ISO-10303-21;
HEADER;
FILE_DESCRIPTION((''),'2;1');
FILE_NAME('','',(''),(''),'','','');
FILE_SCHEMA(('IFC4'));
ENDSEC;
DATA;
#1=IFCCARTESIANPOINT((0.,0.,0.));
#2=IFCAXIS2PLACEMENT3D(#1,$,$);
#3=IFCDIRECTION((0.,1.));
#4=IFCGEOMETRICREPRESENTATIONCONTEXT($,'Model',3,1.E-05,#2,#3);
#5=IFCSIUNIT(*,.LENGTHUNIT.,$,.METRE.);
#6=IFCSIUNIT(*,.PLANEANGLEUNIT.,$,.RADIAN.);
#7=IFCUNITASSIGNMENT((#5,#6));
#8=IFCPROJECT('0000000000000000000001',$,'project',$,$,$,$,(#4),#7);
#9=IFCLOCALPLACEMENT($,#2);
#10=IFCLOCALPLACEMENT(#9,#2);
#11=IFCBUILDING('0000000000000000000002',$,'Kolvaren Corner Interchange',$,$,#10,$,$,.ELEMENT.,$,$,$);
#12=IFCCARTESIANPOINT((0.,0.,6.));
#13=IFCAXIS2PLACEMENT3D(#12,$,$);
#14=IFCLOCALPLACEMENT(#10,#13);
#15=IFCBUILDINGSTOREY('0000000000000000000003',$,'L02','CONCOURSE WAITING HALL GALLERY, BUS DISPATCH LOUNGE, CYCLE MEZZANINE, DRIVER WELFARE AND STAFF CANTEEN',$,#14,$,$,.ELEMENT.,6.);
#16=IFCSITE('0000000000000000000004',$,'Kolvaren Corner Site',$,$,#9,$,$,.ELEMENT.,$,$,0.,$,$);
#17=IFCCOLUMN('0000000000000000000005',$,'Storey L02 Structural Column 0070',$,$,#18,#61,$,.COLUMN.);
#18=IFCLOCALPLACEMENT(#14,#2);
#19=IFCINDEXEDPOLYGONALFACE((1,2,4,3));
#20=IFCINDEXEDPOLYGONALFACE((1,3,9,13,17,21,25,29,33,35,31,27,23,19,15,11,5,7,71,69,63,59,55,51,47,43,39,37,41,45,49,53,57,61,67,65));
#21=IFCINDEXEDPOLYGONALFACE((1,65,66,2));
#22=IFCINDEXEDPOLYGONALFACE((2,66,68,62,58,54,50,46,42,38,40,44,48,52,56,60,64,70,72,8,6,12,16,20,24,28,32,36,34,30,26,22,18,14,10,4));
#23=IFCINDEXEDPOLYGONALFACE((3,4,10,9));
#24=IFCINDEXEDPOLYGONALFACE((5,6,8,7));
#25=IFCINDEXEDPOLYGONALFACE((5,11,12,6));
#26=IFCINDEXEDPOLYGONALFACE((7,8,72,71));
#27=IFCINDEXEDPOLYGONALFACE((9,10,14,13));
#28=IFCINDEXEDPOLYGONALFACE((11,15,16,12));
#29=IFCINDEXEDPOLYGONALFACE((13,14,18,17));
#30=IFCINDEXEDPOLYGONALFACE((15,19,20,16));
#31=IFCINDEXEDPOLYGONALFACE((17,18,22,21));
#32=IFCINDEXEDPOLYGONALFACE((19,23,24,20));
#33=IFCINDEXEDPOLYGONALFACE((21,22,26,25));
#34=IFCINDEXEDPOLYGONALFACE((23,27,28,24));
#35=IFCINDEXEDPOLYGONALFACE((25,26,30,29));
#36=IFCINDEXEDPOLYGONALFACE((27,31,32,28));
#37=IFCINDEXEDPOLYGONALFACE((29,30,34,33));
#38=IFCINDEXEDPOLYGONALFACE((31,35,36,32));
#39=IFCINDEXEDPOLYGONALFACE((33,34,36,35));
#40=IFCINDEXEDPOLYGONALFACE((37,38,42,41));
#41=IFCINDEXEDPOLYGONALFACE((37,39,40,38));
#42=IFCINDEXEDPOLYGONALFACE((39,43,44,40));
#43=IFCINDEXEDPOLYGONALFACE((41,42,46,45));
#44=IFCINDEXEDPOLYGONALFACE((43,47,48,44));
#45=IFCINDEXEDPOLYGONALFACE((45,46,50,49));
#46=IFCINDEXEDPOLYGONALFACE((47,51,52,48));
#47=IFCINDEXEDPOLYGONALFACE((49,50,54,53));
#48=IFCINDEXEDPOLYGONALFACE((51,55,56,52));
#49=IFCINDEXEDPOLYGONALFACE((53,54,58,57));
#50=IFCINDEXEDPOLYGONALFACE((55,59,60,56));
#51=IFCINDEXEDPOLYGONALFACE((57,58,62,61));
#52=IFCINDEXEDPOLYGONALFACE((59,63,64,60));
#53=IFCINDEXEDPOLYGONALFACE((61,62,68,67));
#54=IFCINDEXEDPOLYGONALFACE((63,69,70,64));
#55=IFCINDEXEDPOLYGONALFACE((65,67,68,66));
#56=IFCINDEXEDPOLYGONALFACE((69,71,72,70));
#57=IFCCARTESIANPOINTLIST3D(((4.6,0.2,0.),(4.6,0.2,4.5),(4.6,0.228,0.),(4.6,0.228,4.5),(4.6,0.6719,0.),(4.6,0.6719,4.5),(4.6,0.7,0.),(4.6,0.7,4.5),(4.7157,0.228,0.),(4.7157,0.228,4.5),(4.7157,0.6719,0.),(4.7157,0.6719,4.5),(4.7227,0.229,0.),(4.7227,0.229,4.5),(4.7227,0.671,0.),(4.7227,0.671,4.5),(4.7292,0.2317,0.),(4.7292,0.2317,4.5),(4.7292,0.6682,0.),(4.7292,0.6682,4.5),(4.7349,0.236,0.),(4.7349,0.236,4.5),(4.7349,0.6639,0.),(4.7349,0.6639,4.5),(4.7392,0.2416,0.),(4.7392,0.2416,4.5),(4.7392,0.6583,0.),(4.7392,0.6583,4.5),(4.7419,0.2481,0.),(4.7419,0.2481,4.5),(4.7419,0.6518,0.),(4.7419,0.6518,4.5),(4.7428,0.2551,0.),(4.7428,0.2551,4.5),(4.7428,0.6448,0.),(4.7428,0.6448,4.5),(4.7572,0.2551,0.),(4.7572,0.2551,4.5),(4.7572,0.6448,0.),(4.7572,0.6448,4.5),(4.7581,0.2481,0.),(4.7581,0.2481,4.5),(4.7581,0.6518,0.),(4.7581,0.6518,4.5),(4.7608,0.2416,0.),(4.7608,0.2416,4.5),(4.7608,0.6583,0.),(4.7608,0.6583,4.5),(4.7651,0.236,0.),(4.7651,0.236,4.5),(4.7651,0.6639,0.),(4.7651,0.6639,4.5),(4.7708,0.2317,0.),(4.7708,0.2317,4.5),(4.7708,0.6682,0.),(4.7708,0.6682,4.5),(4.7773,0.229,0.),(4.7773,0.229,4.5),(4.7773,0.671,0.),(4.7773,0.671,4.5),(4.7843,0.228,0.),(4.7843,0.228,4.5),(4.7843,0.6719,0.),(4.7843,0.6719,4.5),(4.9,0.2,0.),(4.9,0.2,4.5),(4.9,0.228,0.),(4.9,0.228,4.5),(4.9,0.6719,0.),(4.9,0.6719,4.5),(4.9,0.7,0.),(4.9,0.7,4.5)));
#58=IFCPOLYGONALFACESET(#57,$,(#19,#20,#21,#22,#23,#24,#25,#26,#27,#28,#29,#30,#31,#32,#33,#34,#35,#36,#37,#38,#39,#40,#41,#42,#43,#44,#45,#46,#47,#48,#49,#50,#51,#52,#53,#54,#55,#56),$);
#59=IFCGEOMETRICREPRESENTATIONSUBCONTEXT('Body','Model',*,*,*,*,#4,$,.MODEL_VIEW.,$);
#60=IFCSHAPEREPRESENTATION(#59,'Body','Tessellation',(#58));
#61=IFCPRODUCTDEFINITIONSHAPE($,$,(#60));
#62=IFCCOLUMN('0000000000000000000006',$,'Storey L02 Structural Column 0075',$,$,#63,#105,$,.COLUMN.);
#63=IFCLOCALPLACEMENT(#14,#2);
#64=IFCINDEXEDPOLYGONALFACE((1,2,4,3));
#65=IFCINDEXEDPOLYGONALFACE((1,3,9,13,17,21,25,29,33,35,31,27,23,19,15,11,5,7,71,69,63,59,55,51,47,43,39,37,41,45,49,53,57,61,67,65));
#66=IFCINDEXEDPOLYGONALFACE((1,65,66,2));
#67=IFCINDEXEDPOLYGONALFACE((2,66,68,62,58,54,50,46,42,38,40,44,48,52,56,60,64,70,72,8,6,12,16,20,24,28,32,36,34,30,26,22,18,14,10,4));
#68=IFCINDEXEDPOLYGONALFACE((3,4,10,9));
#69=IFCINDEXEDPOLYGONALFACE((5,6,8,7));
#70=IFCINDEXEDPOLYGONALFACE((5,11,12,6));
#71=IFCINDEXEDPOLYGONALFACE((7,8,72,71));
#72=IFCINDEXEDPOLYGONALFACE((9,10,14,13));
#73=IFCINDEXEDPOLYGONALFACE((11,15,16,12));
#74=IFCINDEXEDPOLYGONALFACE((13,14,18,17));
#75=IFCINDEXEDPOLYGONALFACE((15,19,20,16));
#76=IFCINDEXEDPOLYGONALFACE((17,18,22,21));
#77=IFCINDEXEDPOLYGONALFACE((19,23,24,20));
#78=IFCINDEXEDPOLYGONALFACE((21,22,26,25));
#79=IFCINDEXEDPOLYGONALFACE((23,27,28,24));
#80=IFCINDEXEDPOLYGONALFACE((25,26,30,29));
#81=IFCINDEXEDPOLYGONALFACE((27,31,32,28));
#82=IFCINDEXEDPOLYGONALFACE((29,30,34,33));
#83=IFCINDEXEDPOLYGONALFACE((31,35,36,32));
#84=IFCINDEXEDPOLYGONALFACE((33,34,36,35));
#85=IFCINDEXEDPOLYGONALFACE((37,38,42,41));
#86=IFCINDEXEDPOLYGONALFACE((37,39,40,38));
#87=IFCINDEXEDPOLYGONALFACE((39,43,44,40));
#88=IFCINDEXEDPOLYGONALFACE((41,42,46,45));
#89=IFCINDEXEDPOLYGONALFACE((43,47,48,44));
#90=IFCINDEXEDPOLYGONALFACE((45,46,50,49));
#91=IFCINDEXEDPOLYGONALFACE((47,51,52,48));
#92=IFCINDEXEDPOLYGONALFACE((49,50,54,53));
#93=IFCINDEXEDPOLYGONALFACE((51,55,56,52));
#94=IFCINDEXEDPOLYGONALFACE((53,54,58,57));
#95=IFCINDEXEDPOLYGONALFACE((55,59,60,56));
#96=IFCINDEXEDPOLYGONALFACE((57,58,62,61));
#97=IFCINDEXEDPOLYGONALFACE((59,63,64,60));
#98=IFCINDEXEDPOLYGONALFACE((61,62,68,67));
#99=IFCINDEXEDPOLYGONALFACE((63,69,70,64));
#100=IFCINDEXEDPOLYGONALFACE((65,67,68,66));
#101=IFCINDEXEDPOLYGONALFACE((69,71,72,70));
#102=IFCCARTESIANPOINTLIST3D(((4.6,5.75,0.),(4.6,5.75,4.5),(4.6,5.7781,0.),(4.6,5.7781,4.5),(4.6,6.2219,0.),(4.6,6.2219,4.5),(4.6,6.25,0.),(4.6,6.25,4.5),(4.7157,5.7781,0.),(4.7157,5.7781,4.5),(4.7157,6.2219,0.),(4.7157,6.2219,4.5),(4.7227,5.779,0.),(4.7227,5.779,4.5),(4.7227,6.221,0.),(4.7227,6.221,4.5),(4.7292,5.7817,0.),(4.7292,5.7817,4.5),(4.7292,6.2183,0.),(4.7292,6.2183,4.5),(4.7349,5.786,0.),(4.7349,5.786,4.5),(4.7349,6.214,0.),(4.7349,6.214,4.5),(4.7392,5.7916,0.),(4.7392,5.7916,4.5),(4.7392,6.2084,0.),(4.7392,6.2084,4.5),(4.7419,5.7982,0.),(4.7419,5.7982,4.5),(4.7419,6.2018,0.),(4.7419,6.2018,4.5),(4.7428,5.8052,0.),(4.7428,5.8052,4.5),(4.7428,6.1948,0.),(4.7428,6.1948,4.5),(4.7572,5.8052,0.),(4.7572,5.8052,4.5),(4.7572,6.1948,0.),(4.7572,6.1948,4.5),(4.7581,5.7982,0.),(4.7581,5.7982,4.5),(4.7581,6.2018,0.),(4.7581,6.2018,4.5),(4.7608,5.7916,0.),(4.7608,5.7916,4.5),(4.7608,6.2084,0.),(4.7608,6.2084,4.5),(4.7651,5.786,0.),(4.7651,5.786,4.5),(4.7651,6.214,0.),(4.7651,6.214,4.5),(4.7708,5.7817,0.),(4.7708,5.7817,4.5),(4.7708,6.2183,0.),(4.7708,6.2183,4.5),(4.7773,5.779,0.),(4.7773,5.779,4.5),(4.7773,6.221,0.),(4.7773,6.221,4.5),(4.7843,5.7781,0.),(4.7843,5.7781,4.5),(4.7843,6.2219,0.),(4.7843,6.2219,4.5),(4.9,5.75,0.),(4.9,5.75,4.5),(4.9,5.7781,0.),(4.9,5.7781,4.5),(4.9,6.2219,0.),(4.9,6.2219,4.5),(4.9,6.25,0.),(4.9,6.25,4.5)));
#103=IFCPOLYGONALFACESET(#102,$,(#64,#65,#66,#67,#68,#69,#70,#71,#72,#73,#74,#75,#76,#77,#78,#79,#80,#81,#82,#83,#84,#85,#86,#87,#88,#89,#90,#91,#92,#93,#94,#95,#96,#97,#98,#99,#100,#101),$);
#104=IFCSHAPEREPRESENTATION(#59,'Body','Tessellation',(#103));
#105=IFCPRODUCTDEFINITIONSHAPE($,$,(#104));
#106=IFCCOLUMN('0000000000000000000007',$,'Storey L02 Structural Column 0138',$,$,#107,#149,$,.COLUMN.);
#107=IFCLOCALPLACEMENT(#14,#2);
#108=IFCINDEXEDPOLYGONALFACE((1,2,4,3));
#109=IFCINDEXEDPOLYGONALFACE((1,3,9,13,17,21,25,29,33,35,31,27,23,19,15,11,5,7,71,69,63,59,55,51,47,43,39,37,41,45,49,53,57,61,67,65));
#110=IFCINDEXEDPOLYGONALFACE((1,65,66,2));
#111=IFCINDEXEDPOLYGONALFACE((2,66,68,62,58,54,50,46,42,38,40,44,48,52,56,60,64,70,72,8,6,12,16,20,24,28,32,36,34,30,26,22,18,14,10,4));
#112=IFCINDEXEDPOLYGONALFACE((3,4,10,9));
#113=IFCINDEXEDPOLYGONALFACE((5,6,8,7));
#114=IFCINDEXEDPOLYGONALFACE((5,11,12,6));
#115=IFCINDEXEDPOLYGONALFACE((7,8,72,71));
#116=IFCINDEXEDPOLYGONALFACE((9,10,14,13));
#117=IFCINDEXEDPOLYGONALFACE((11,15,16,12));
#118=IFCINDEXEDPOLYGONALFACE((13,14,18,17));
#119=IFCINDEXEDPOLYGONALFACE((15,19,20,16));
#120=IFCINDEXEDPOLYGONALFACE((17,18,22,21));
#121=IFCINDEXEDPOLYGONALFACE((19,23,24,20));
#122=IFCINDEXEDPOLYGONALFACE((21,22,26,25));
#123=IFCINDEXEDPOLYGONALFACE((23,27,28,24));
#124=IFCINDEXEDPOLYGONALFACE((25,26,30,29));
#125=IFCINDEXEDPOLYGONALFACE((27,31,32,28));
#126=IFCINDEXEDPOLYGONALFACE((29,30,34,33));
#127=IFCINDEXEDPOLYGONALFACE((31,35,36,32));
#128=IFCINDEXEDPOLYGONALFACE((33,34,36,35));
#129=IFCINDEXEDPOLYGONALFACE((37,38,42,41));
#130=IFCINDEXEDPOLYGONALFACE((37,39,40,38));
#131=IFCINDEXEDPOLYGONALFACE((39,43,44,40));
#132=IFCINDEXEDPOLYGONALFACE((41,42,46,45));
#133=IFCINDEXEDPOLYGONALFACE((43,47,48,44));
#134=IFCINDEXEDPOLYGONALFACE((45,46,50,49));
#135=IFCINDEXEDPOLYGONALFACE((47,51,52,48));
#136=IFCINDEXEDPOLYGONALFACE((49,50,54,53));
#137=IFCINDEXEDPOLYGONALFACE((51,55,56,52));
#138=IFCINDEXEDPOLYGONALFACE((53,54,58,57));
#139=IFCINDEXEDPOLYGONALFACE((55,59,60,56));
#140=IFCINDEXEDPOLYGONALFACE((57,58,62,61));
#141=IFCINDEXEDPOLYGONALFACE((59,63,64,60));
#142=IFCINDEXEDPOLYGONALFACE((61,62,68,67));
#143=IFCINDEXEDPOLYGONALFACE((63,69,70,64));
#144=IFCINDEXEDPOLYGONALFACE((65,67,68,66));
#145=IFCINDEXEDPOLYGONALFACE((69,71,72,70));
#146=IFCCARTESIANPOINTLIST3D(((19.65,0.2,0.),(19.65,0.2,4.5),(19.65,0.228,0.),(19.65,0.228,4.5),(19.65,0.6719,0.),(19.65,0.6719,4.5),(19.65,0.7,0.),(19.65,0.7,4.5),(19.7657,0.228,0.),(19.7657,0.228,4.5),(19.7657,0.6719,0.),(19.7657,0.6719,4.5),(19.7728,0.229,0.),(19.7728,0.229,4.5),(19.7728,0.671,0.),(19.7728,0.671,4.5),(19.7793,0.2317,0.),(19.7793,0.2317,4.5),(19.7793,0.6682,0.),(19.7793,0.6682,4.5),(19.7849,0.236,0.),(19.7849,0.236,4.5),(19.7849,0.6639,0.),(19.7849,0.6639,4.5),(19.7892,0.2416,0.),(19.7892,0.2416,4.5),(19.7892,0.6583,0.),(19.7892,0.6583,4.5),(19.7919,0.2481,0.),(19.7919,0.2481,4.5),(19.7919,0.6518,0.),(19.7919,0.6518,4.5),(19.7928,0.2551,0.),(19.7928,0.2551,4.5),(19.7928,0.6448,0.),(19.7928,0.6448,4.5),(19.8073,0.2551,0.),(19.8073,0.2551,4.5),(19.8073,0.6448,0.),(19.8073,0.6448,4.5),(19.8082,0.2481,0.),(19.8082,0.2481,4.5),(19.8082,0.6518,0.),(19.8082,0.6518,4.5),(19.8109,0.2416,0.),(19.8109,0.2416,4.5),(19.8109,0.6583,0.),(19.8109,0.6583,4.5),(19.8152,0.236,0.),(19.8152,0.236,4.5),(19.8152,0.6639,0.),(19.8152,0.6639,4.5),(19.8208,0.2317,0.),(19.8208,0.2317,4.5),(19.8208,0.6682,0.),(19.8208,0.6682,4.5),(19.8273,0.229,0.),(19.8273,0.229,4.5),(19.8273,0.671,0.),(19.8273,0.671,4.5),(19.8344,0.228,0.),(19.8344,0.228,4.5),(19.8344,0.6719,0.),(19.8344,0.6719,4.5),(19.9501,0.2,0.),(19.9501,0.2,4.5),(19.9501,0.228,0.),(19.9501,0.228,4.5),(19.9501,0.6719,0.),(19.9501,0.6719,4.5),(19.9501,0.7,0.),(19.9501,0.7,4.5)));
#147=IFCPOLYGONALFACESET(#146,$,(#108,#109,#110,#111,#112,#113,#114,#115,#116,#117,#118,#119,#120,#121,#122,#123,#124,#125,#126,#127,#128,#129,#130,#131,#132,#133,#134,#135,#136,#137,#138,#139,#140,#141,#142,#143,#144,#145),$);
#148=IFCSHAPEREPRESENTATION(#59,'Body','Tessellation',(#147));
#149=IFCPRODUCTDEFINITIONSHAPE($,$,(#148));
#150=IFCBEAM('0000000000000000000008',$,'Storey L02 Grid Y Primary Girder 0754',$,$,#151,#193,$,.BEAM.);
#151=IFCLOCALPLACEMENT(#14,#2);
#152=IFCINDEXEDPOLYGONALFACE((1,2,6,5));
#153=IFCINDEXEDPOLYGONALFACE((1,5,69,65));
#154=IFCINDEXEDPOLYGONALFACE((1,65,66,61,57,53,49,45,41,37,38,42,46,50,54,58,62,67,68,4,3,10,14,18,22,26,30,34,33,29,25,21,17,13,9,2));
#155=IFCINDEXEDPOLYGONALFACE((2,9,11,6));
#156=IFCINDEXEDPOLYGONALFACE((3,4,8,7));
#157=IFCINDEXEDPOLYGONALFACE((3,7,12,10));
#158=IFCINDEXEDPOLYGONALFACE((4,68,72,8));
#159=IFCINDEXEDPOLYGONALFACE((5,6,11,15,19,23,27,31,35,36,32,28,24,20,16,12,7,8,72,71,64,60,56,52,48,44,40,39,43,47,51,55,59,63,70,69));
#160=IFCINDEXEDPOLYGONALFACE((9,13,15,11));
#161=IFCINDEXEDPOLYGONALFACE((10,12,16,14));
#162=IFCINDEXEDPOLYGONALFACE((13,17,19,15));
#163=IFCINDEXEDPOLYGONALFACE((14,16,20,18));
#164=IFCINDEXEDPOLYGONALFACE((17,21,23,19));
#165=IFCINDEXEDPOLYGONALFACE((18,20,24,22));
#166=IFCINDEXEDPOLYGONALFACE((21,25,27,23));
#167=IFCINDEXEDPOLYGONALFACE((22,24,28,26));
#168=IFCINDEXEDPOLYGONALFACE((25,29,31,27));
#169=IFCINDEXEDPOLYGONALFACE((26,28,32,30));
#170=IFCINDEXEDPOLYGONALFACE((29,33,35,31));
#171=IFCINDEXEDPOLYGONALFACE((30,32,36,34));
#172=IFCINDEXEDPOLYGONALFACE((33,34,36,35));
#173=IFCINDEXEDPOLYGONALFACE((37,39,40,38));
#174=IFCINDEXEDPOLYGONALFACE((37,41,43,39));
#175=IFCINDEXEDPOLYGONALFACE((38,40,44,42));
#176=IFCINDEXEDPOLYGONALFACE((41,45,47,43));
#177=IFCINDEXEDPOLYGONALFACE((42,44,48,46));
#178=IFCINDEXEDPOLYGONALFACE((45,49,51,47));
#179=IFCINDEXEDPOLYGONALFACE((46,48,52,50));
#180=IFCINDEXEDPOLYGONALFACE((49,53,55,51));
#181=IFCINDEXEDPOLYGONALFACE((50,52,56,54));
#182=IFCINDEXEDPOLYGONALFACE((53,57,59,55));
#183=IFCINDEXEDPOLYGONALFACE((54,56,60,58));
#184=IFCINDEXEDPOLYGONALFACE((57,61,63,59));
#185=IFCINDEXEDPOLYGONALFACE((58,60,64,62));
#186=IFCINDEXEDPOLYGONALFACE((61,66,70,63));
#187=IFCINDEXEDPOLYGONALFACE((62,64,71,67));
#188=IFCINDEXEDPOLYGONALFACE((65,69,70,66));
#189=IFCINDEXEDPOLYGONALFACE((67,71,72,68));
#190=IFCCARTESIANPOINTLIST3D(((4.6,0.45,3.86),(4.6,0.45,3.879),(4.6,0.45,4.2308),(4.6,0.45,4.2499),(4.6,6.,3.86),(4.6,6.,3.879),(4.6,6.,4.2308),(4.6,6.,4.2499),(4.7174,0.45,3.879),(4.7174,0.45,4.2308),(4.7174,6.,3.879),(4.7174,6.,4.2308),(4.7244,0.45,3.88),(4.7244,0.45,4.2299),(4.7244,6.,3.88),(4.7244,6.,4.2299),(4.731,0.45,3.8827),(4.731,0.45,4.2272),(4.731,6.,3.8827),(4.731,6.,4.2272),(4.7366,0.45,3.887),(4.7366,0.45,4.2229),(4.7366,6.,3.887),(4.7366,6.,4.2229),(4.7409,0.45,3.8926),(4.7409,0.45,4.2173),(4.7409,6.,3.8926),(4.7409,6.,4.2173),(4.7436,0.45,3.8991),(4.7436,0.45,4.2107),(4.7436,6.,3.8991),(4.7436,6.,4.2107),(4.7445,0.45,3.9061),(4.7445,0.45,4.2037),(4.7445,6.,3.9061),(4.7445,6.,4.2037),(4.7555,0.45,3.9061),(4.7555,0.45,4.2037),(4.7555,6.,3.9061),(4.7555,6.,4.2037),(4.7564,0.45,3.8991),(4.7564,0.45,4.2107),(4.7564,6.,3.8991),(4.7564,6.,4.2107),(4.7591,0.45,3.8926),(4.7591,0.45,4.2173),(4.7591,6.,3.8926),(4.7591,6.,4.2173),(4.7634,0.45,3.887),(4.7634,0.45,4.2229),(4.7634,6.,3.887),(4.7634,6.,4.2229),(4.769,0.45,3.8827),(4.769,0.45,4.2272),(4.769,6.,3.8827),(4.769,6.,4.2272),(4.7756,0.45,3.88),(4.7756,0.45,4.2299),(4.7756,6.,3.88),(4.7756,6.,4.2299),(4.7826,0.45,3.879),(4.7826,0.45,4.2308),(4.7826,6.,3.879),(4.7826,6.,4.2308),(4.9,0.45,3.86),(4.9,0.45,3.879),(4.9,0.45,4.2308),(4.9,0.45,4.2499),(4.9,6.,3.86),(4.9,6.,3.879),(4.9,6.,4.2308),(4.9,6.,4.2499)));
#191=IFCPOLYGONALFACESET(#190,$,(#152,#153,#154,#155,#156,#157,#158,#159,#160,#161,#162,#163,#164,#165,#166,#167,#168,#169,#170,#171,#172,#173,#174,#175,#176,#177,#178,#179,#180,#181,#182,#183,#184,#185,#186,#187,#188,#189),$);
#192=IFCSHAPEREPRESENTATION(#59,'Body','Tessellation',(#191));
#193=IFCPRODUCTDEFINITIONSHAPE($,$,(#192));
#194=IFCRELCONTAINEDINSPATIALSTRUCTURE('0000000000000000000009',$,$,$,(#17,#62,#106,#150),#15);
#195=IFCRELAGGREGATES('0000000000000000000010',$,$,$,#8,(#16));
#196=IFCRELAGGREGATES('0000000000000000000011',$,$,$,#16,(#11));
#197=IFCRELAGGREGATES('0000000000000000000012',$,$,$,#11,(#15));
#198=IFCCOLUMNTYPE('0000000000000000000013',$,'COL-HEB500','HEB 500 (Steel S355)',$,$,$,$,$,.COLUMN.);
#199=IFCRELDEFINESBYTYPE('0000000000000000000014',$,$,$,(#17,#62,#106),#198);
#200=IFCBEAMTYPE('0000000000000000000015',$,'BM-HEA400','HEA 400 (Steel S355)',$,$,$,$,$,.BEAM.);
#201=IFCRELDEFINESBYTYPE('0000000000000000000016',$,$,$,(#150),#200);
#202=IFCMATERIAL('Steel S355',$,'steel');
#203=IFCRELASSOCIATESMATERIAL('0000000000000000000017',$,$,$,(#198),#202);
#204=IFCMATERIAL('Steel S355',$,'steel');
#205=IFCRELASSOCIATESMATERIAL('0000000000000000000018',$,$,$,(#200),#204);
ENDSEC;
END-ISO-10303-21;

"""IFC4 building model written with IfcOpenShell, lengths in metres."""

from ifc_helpers import new_model, si_unit, direction, frame, origin, origin_2d, place, context, subcontext, project, spatial, i_section, extrude, material, material_profile, profile_set, type_object, element, save


model = new_model("IFC4")

# Units and contexts
model_context = context("Model", 3, precision=1e-05, world=origin(), true_north=direction((0.0, 1.0)))
body_context = subcontext(model_context, "Body", "Model", "MODEL_VIEW")
ifc_project = project(units=[si_unit("LENGTHUNIT", "METRE"), si_unit("PLANEANGLEUNIT", "RADIAN")], contexts=[model_context])

# Site, building, storey
site_placement = place(None, origin())
site = spatial("IfcSite", under=ifc_project, at=site_placement, Name="Kolvaren Corner Site", CompositionType="ELEMENT", RefElevation=0.0)
building_placement = place(site_placement, origin())
building = spatial("IfcBuilding", under=site, at=building_placement, Name="Kolvaren Corner Interchange", CompositionType="ELEMENT")
storey_placement = place(building_placement, frame((0.0, 0.0, 6.0)))
storey = spatial("IfcBuildingStorey", under=building, at=storey_placement, Name="L02", Description="CONCOURSE WAITING HALL GALLERY, BUS DISPATCH LOUNGE, CYCLE MEZZANINE, DRIVER WELFARE AND STAFF CANTEEN", CompositionType="ELEMENT", Elevation=6.0)

# Columns
ifc_material_1 = material(Name="Steel S355", Category="steel")
ifc_material_profile_1 = material_profile(ifc_material_1, i_section(OverallWidth=0.3, OverallDepth=0.5, WebThickness=0.0144, FlangeThickness=0.0281, FilletRadius=0.0271, at=origin_2d()), Name="HEB 500")
ifc_profile_set_1 = profile_set([ifc_material_profile_1], Name="Steel S355")
column_type = type_object("IfcColumnType", Name="COL-HEB500", Description="HEB 500 (Steel S355)", PredefinedType="COLUMN", material=ifc_profile_set_1)
for number, where, z_axis, x_axis, name in (
    (1, (4.75, 0.45, 0.0), (0.0, 0.0, 1.0), (1.0, 0.0, 0.0), "Storey L02 Structural Column 0070"),
    (2, (4.75, 6.0, 0.0), (0.0, 0.0, 1.0), (1.0, 0.0, 0.0), "Storey L02 Structural Column 0075"),
    (3, (19.8, 0.45, 0.0), (0.0, 0.0, 1.0), (1.0, 0.0, 0.0), "Storey L02 Structural Column 0138"),
):
    element("IfcColumn", number, at=place(storey_placement, frame(where, z_axis=z_axis, x_axis=x_axis)), inside=storey, type_object=column_type, Name=name, PredefinedType="COLUMN", context=body_context, shape_type="SweptSolid", body=[
        extrude(i_section(OverallWidth=0.3, OverallDepth=0.5, WebThickness=0.0144, FlangeThickness=0.0281, FilletRadius=0.0271, at=origin_2d()), origin(), (0.0, 0.0, 1.0), 4.5),
    ])

# Beam
ifc_material_2 = material(Name="Steel S355", Category="steel")
ifc_material_profile_2 = material_profile(ifc_material_2, i_section(OverallWidth=0.3, OverallDepth=0.3899, WebThickness=0.011, FlangeThickness=0.019, FilletRadius=0.0271, at=origin_2d()), Name="HEA 400")
ifc_profile_set_2 = profile_set([ifc_material_profile_2], Name="Steel S355")
beam_type_1 = type_object("IfcBeamType", Name="BM-HEA400", Description="HEA 400 (Steel S355)", PredefinedType="BEAM", material=ifc_profile_set_2)
beam_1_placement = place(storey_placement, frame((4.75, 0.45, 4.0549), z_axis=(0.0, 1.0, 0.0), x_axis=(-1.0, 0.0, 0.0)))
element("IfcBeam", 4, at=beam_1_placement, inside=storey, type_object=beam_type_1, Name="Storey L02 Grid Y Primary Girder 0754", PredefinedType="BEAM", context=body_context, shape_type="SweptSolid", body=[
    extrude(i_section(OverallWidth=0.3, OverallDepth=0.3899, WebThickness=0.011, FlangeThickness=0.019, FilletRadius=0.0271, at=origin_2d()), origin(), (0.0, 0.0, 1.0), 5.55),
])

save(model, "model.ifc")
